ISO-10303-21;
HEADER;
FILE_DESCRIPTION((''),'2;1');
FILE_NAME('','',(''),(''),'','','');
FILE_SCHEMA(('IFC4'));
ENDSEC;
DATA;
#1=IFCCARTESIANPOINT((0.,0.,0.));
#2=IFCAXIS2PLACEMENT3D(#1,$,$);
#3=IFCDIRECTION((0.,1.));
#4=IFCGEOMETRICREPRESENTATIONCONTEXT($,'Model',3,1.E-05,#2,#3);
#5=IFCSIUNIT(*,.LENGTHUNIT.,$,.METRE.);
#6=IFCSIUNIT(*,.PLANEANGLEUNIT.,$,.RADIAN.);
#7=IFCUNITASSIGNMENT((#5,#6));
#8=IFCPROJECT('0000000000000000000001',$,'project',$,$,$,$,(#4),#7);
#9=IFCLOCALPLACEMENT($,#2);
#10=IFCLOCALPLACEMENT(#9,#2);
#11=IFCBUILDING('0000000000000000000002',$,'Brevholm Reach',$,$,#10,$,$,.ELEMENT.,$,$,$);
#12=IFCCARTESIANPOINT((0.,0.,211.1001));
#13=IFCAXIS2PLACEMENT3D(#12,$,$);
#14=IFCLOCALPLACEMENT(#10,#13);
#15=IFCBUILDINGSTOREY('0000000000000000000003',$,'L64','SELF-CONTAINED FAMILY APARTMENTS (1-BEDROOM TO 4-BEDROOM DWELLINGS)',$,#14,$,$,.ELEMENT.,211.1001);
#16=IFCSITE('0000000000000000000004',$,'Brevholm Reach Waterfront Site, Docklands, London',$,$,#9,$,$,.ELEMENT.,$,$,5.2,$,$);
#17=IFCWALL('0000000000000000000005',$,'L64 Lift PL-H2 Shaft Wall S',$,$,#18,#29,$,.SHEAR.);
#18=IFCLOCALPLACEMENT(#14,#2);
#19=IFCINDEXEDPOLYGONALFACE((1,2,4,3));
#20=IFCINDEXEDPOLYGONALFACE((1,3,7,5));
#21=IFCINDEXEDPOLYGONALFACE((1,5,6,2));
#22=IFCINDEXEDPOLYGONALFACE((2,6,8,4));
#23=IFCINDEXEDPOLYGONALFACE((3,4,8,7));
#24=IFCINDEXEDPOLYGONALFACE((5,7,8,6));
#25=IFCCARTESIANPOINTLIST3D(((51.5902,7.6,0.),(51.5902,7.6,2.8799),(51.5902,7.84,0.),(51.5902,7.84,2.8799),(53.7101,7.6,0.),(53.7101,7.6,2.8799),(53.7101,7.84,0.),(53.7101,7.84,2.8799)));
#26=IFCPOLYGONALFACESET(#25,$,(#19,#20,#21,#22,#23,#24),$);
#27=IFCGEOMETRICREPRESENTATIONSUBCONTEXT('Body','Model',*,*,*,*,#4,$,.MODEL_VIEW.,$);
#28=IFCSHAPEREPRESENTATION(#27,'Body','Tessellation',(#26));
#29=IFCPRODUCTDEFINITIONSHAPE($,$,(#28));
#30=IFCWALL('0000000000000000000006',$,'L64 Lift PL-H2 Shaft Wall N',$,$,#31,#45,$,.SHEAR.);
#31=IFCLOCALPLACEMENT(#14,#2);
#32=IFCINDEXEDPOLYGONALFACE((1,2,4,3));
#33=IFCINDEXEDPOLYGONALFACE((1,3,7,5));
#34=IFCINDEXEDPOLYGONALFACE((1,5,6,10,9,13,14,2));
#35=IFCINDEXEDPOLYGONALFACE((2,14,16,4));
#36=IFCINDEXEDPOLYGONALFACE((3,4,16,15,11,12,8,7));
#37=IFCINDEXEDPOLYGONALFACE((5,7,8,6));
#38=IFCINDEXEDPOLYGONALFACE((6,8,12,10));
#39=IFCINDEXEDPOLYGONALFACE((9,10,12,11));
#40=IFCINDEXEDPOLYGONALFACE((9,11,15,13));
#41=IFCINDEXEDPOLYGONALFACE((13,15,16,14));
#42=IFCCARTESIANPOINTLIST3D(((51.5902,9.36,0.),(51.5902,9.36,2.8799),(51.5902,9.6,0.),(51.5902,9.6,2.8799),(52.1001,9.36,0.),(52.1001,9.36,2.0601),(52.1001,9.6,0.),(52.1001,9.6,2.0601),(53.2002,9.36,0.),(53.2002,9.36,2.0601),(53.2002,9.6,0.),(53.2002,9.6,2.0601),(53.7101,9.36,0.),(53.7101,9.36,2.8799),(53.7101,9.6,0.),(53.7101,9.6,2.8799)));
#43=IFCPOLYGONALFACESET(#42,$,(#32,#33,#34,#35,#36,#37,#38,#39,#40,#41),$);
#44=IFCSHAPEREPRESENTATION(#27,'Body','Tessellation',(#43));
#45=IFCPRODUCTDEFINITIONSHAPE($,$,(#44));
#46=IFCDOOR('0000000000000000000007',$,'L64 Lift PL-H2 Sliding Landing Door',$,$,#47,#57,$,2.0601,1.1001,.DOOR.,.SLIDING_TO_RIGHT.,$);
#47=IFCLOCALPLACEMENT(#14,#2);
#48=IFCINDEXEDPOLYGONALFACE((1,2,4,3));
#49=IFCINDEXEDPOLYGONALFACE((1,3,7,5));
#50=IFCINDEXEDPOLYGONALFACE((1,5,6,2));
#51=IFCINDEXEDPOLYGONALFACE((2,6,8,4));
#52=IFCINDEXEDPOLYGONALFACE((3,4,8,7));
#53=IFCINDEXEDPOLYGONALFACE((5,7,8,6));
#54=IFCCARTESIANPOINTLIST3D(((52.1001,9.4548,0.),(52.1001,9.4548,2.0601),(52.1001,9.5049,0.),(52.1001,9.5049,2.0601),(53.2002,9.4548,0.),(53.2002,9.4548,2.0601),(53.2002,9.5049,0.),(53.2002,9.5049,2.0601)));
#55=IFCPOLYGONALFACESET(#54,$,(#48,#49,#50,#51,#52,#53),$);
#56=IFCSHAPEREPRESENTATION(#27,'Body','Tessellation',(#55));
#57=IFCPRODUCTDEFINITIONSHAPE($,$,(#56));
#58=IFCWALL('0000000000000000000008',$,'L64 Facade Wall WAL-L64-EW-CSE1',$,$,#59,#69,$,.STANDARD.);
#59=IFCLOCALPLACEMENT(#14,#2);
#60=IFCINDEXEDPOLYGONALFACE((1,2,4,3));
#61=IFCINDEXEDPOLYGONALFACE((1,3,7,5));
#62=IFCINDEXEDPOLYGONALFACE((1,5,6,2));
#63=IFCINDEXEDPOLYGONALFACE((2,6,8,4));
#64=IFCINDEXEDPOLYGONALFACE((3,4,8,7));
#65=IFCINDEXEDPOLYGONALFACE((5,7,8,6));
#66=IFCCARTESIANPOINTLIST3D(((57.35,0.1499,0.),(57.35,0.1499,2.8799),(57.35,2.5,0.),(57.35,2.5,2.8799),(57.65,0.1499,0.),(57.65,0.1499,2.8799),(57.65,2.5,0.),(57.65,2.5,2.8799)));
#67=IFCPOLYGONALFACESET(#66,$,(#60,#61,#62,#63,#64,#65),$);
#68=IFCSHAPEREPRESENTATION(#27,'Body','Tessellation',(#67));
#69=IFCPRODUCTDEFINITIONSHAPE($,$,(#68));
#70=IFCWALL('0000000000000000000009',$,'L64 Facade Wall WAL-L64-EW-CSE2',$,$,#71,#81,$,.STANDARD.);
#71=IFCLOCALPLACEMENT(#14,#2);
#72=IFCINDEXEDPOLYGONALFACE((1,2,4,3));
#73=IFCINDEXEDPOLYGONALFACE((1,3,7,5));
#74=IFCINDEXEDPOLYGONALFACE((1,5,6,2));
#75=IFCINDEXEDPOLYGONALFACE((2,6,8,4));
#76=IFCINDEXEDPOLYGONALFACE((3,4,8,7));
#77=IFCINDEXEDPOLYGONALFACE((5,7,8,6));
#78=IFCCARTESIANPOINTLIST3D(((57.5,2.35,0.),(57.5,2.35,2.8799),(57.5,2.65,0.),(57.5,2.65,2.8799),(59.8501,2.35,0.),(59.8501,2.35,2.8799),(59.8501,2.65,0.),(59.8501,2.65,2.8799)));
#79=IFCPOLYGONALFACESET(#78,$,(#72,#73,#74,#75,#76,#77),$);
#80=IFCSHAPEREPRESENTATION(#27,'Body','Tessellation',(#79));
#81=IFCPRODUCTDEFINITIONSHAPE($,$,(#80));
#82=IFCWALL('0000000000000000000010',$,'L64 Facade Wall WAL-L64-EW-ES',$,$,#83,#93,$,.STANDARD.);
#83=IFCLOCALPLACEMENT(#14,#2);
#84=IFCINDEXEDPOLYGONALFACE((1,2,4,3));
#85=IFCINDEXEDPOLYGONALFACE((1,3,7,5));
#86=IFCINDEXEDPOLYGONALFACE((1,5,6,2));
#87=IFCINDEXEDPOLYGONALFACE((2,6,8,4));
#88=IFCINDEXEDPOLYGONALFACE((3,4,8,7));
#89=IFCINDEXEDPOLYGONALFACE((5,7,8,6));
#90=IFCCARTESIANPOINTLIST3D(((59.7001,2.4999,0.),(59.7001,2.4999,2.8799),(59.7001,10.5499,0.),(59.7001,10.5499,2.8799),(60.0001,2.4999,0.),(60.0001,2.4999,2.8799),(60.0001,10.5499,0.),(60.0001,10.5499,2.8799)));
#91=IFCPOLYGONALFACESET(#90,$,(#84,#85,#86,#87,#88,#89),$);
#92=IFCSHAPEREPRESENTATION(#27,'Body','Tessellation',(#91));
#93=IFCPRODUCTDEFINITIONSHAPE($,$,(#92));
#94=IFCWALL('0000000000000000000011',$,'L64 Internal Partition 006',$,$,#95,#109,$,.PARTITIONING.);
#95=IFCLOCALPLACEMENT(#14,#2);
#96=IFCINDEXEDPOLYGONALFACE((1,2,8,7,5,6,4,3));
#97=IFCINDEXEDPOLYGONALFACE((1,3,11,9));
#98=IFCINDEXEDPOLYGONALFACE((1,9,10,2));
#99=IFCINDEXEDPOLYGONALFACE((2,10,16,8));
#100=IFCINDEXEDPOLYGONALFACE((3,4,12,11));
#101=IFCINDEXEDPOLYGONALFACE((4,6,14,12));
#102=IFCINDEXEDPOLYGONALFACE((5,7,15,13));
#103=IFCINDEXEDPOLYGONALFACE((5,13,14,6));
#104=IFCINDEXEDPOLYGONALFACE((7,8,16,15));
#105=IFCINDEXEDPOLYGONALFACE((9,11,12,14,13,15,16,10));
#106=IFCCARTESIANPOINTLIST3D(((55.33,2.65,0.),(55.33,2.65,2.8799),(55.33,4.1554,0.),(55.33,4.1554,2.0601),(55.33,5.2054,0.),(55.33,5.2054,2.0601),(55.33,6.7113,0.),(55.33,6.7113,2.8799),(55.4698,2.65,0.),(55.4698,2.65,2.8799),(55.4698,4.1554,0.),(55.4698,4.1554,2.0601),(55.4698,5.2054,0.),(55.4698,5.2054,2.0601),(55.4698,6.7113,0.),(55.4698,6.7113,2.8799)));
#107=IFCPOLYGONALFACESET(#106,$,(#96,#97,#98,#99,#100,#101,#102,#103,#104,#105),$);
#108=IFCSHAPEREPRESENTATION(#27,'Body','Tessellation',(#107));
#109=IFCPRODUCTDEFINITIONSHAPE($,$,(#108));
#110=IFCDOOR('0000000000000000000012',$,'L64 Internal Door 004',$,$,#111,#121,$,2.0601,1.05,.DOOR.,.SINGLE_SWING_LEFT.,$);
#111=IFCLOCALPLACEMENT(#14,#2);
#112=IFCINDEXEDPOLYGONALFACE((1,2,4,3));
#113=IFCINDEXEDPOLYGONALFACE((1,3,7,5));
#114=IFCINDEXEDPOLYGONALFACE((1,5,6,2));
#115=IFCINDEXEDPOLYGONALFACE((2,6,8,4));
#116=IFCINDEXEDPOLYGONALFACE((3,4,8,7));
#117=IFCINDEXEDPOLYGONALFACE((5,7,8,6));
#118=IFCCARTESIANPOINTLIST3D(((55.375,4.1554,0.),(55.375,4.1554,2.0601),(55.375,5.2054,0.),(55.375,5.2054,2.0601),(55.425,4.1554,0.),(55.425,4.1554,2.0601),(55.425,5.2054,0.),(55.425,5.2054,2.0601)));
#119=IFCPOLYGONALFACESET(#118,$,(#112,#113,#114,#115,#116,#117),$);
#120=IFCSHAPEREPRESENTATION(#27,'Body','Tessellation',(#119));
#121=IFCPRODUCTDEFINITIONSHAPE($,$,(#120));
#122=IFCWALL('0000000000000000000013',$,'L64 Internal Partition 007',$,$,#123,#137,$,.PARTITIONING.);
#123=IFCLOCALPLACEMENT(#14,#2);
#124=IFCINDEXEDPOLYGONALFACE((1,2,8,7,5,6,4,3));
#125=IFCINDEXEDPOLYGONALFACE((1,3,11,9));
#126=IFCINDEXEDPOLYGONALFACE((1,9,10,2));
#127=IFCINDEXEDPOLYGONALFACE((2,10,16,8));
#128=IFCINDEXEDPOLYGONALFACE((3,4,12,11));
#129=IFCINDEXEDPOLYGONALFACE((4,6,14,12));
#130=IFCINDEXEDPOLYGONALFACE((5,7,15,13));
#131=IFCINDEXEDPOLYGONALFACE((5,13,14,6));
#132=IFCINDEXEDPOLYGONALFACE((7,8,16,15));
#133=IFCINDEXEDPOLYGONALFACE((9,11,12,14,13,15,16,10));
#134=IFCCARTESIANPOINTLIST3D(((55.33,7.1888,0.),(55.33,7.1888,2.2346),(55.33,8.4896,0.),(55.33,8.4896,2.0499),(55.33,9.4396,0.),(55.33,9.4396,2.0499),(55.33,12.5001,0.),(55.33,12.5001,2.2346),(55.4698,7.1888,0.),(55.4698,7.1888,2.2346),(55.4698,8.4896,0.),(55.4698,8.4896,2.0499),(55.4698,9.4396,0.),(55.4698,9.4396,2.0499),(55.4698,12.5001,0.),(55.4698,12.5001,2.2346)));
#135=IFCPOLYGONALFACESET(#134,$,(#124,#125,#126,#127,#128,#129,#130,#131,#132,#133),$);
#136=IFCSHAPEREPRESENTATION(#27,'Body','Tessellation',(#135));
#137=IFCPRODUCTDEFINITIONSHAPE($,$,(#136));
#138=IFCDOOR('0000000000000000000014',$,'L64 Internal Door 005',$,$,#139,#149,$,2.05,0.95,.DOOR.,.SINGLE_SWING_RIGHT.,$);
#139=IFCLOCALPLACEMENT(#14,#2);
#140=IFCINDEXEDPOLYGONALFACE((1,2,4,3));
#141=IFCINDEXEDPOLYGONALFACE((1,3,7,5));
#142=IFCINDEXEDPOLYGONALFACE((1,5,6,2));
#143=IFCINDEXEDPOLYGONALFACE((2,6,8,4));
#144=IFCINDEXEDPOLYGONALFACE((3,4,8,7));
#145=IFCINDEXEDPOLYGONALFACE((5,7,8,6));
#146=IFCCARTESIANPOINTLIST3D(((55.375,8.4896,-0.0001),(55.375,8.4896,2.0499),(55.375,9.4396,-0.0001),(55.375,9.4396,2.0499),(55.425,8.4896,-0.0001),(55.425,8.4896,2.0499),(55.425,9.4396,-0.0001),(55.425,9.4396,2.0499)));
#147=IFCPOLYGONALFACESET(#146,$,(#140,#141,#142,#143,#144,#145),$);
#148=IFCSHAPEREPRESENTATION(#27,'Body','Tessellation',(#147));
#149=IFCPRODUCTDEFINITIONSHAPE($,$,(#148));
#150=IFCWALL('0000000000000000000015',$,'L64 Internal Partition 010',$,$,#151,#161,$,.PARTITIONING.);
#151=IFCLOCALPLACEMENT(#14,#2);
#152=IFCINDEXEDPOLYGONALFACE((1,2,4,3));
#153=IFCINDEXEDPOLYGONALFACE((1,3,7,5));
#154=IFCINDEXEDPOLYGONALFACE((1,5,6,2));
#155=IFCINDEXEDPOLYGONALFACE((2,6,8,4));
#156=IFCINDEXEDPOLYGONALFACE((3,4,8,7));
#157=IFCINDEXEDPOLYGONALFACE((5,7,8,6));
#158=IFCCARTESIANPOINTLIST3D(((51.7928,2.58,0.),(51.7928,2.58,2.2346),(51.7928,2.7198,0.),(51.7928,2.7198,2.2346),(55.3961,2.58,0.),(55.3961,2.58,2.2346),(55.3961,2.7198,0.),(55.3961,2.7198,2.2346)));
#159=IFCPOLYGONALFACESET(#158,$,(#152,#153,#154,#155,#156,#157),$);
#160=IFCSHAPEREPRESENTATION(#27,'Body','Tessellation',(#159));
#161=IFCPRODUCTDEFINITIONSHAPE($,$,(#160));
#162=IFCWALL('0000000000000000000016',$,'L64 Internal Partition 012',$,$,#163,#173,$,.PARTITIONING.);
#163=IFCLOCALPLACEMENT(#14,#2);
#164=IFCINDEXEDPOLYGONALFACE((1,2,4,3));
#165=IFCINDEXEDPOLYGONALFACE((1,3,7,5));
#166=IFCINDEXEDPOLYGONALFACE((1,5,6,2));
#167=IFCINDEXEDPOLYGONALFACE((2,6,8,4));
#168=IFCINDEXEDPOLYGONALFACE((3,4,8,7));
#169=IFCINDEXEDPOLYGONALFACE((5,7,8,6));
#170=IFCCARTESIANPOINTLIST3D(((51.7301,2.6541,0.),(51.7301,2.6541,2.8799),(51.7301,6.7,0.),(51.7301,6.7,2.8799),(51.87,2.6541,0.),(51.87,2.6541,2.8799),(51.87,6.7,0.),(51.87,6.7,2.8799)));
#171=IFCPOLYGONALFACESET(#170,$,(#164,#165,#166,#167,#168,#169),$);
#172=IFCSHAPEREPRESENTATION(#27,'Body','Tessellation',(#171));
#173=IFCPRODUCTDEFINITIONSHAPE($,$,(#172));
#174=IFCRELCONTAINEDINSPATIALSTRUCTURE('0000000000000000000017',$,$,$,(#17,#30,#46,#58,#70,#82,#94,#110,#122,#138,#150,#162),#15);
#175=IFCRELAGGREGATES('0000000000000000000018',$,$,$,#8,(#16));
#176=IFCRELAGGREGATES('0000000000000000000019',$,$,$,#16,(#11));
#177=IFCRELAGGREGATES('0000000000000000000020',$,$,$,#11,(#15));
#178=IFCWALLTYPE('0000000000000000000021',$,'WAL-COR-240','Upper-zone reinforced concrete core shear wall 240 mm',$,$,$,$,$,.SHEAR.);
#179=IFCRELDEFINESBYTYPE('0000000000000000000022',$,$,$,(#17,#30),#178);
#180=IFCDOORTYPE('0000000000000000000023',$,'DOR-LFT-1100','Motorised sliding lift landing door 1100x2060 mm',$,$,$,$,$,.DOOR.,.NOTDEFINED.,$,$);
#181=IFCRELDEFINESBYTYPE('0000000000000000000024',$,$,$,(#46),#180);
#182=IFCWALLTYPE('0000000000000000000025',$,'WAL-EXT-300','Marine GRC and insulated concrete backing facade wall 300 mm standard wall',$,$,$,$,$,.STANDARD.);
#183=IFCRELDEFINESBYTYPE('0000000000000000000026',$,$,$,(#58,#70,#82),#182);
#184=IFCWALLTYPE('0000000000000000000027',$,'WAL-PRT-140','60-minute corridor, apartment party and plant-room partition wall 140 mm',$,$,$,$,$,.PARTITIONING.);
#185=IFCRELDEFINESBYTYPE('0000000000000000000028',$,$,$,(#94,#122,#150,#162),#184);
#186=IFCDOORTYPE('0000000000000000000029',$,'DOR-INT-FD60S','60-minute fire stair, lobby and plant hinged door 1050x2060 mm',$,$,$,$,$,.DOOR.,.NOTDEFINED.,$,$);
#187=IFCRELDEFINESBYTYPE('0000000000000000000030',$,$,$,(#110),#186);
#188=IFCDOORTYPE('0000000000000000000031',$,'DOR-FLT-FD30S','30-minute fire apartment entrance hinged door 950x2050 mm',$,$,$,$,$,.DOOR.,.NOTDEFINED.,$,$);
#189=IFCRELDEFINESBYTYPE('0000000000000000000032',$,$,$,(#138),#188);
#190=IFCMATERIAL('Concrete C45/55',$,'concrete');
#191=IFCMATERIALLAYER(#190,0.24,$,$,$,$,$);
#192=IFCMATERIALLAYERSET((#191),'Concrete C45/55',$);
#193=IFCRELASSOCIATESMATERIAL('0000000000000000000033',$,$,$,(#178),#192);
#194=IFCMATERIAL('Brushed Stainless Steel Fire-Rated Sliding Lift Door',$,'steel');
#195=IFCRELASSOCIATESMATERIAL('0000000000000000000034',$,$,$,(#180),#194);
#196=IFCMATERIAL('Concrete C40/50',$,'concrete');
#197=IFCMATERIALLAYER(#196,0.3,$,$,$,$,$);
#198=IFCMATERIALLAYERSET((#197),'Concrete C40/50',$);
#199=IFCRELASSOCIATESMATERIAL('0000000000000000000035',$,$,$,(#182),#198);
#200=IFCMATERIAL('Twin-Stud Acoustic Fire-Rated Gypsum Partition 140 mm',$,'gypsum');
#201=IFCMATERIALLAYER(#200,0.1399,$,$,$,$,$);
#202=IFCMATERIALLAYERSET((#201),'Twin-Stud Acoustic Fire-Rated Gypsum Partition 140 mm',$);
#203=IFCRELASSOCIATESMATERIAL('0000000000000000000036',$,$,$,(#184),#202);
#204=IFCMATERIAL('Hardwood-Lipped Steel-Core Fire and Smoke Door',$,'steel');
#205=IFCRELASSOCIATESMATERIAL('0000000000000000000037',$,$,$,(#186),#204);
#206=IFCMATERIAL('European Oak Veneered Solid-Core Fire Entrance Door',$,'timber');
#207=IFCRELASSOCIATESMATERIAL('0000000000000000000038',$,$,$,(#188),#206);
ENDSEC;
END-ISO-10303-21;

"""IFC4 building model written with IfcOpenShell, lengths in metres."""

from ifc_helpers import new_model, si_unit, direction, frame, frame_2d, origin, place, context, subcontext, project, spatial, rectangle, extrude, material, layer, layer_set, type_object, element, fill, save


model = new_model("IFC4")

# Units and contexts
model_context = context("Model", 3, precision=1e-05, world=origin(), true_north=direction((0.0, 1.0)))
body_context = subcontext(model_context, "Body", "Model", "MODEL_VIEW")
ifc_project = project(units=[si_unit("LENGTHUNIT", "METRE"), si_unit("PLANEANGLEUNIT", "RADIAN")], contexts=[model_context])

# Site, building, storey
site_placement = place(None, origin())
site = spatial("IfcSite", under=ifc_project, at=site_placement, Name="Brevholm Reach Waterfront Site, Docklands, London", CompositionType="ELEMENT", RefElevation=5.2)
building_placement = place(site_placement, origin())
building = spatial("IfcBuilding", under=site, at=building_placement, Name="Brevholm Reach", CompositionType="ELEMENT")
storey_placement = place(building_placement, frame((0.0, 0.0, 211.1001)))
storey = spatial("IfcBuildingStorey", under=building, at=storey_placement, Name="L64", Description="SELF-CONTAINED FAMILY APARTMENTS (1-BEDROOM TO 4-BEDROOM DWELLINGS)", CompositionType="ELEMENT", Elevation=211.1001)

# Shared definitions
ifc_material_1 = material(Name="Concrete C45/55", Category="concrete")
ifc_layer_1 = layer(ifc_material_1, 0.24)
ifc_layer_set_1 = layer_set([ifc_layer_1], Name="Concrete C45/55")
wall_type_1 = type_object("IfcWallType", Name="WAL-COR-240", Description="Upper-zone reinforced concrete core shear wall 240 mm", PredefinedType="SHEAR", material=ifc_layer_set_1)

# Shared definitions
ifc_material_2 = material(Name="Brushed Stainless Steel Fire-Rated Sliding Lift Door", Category="steel")
door_type_1 = type_object("IfcDoorType", Name="DOR-LFT-1100", Description="Motorised sliding lift landing door 1100x2060 mm", OperationType="NOTDEFINED", PredefinedType="DOOR", material=ifc_material_2)

# Wall
wall_1_placement = place(storey_placement, frame((51.5901, 7.72, 0.0), z_axis=(0.0, 0.0, 1.0), x_axis=(1.0, 0.0, 0.0)))
element("IfcWall", 1, at=wall_1_placement, inside=storey, type_object=wall_type_1, Name="L64 Lift PL-H2 Shaft Wall S", PredefinedType="SHEAR", context=body_context, shape_type="SweptSolid", body=[
    extrude(rectangle(XDim=2.1199, YDim=0.24, at=frame_2d((1.0601, 0.0))), origin(), (0.0, 0.0, 1.0), 2.8799),
])

# Wall, opening, door
wall_2_placement = place(storey_placement, frame((51.5901, 9.48, 0.0), z_axis=(0.0, 0.0, 1.0), x_axis=(1.0, 0.0, 0.0)))
wall_2 = element("IfcWall", 2, at=wall_2_placement, inside=storey, type_object=wall_type_1, Name="L64 Lift PL-H2 Shaft Wall N", PredefinedType="SHEAR", context=body_context, shape_type="SweptSolid", body=[
    extrude(rectangle(XDim=2.1199, YDim=0.24, at=frame_2d((1.0601, 0.0))), origin(), (0.0, 0.0, 1.0), 2.8799),
])
opening_1_placement = place(wall_2_placement, frame((0.51, 0.0, 0.0)))
opening_1 = element("IfcOpeningElement", 3, at=opening_1_placement, cuts=wall_2, PredefinedType="OPENING", context=body_context, shape_type="SweptSolid", body=[
    extrude(rectangle(XDim=1.1001, YDim=2.0601, at=frame_2d((0.55, 1.03))), frame((0.0, 0.1299, 0.0), z_axis=(0.0, -1.0, 0.0), x_axis=(1.0, 0.0, 0.0)), (0.0, 0.0, 1.0), 0.26),
])
door_1_placement = place(opening_1_placement, origin())
door_1 = element("IfcDoor", 4, at=door_1_placement, inside=storey, type_object=door_type_1, Name="L64 Lift PL-H2 Sliding Landing Door", OperationType="SLIDING_TO_RIGHT", OverallHeight=2.0601, OverallWidth=1.1001, PredefinedType="DOOR", context=body_context, shape_type="SweptSolid", body=[
    extrude(rectangle(XDim=1.1001, YDim=2.0601, at=frame_2d((0.55, 1.03))), frame((0.0, 0.0249, 0.0), z_axis=(0.0, -1.0, 0.0), x_axis=(1.0, 0.0, 0.0)), (0.0, 0.0, 1.0), 0.05),
])
fill(opening_1, door_1)

# Walls
ifc_material_3 = material(Name="Concrete C40/50", Category="concrete")
ifc_layer_2 = layer(ifc_material_3, 0.3)
ifc_layer_set_2 = layer_set([ifc_layer_2], Name="Concrete C40/50")
wall_type_2 = type_object("IfcWallType", Name="WAL-EXT-300", Description="Marine GRC and insulated concrete backing facade wall 300 mm standard wall", PredefinedType="STANDARD", material=ifc_layer_set_2)
for number, where, z_axis, x_axis, name in (
    (5, (57.5, 0.1499, 0.0), (0.0, 0.0, 1.0), (0.0, 1.0, 0.0), "L64 Facade Wall WAL-L64-EW-CSE1"),
    (6, (57.5, 2.5, 0.0), (0.0, 0.0, 1.0), (1.0, 0.0, 0.0), "L64 Facade Wall WAL-L64-EW-CSE2"),
):
    element("IfcWall", number, at=place(storey_placement, frame(where, z_axis=z_axis, x_axis=x_axis)), inside=storey, type_object=wall_type_2, Name=name, PredefinedType="STANDARD", context=body_context, shape_type="SweptSolid", body=[
        extrude(rectangle(XDim=2.3501, YDim=0.3, at=frame_2d((1.175, 0.0))), origin(), (0.0, 0.0, 1.0), 2.8799),
    ])
wall_3_placement = place(storey_placement, frame((59.8501, 2.5, 0.0), z_axis=(0.0, 0.0, 1.0), x_axis=(0.0, 1.0, 0.0)))
element("IfcWall", 7, at=wall_3_placement, inside=storey, type_object=wall_type_2, Name="L64 Facade Wall WAL-L64-EW-ES", PredefinedType="STANDARD", context=body_context, shape_type="SweptSolid", body=[
    extrude(rectangle(XDim=8.05, YDim=0.3, at=frame_2d((4.0249, 0.0))), origin(), (0.0, 0.0, 1.0), 2.8799),
])

# Walls, openings, doors
ifc_material_4 = material(Name="Twin-Stud Acoustic Fire-Rated Gypsum Partition 140 mm", Category="gypsum")
ifc_layer_3 = layer(ifc_material_4, 0.1399)
ifc_layer_set_3 = layer_set([ifc_layer_3], Name="Twin-Stud Acoustic Fire-Rated Gypsum Partition 140 mm")
wall_type_3 = type_object("IfcWallType", Name="WAL-PRT-140", Description="60-minute corridor, apartment party and plant-room partition wall 140 mm", PredefinedType="PARTITIONING", material=ifc_layer_set_3)
wall_4_placement = place(storey_placement, frame((55.3999, 2.6499, 0.0), z_axis=(0.0, 0.0, 1.0), x_axis=(0.0, 1.0, 0.0)))
wall_4 = element("IfcWall", 8, at=wall_4_placement, inside=storey, type_object=wall_type_3, Name="L64 Internal Partition 006", PredefinedType="PARTITIONING", context=body_context, shape_type="SweptSolid", body=[
    extrude(rectangle(XDim=4.0613, YDim=0.1399, at=frame_2d((2.0308, 0.0))), origin(), (0.0, 0.0, 1.0), 2.8799),
])
opening_2_placement = place(wall_4_placement, frame((1.5056, 0.0, 0.0)))
opening_2 = element("IfcOpeningElement", 9, at=opening_2_placement, cuts=wall_4, PredefinedType="OPENING", context=body_context, shape_type="SweptSolid", body=[
    extrude(rectangle(XDim=1.05, YDim=2.0601, at=frame_2d((0.5249, 1.03))), frame((0.0, 0.0798, 0.0), z_axis=(0.0, -1.0, 0.0), x_axis=(1.0, 0.0, 0.0)), (0.0, 0.0, 1.0), 0.1599),
])
ifc_material_5 = material(Name="Hardwood-Lipped Steel-Core Fire and Smoke Door", Category="steel")
door_type_2 = type_object("IfcDoorType", Name="DOR-INT-FD60S", Description="60-minute fire stair, lobby and plant hinged door 1050x2060 mm", OperationType="NOTDEFINED", PredefinedType="DOOR", material=ifc_material_5)
door_2_placement = place(opening_2_placement, origin())
door_2 = element("IfcDoor", 10, at=door_2_placement, inside=storey, type_object=door_type_2, Name="L64 Internal Door 004", OperationType="SINGLE_SWING_LEFT", OverallHeight=2.0601, OverallWidth=1.05, PredefinedType="DOOR", context=body_context, shape_type="SweptSolid", body=[
    extrude(rectangle(XDim=1.05, YDim=2.0601, at=frame_2d((0.5249, 1.03))), frame((0.0, 0.0249, 0.0), z_axis=(0.0, -1.0, 0.0), x_axis=(1.0, 0.0, 0.0)), (0.0, 0.0, 1.0), 0.05),
])
fill(opening_2, door_2)
wall_5_placement = place(storey_placement, frame((55.3999, 7.1887, 0.0), z_axis=(0.0, 0.0, 1.0), x_axis=(0.0, 1.0, 0.0)))
wall_5 = element("IfcWall", 11, at=wall_5_placement, inside=storey, type_object=wall_type_3, Name="L64 Internal Partition 007", PredefinedType="PARTITIONING", context=body_context, shape_type="SweptSolid", body=[
    extrude(rectangle(XDim=5.3113, YDim=0.1399, at=frame_2d((2.6558, 0.0))), origin(), (0.0, 0.0, 1.0), 2.2346),
])
opening_3_placement = place(wall_5_placement, frame((1.3008, 0.0, 0.0)))
opening_3 = element("IfcOpeningElement", 12, at=opening_3_placement, cuts=wall_5, PredefinedType="OPENING", context=body_context, shape_type="SweptSolid", body=[
    extrude(rectangle(XDim=0.95, YDim=2.05, at=frame_2d((0.4751, 1.0249))), frame((0.0, 0.0798, 0.0), z_axis=(0.0, -1.0, 0.0), x_axis=(1.0, 0.0, 0.0)), (0.0, 0.0, 1.0), 0.1599),
])
ifc_material_6 = material(Name="European Oak Veneered Solid-Core Fire Entrance Door", Category="timber")
door_type_3 = type_object("IfcDoorType", Name="DOR-FLT-FD30S", Description="30-minute fire apartment entrance hinged door 950x2050 mm", OperationType="NOTDEFINED", PredefinedType="DOOR", material=ifc_material_6)
door_3_placement = place(opening_3_placement, origin())
door_3 = element("IfcDoor", 13, at=door_3_placement, inside=storey, type_object=door_type_3, Name="L64 Internal Door 005", OperationType="SINGLE_SWING_RIGHT", OverallHeight=2.05, OverallWidth=0.95, PredefinedType="DOOR", context=body_context, shape_type="SweptSolid", body=[
    extrude(rectangle(XDim=0.95, YDim=2.05, at=frame_2d((0.4751, 1.0249))), frame((0.0, 0.0249, 0.0), z_axis=(0.0, -1.0, 0.0), x_axis=(1.0, 0.0, 0.0)), (0.0, 0.0, 1.0), 0.05),
])
fill(opening_3, door_3)

# Walls
wall_6_placement = place(storey_placement, frame((51.7927, 2.6499, 0.0), z_axis=(0.0, 0.0, 1.0), x_axis=(1.0, 0.0, 0.0)))
element("IfcWall", 14, at=wall_6_placement, inside=storey, type_object=wall_type_3, Name="L64 Internal Partition 010", PredefinedType="PARTITIONING", context=body_context, shape_type="SweptSolid", body=[
    extrude(rectangle(XDim=3.6033, YDim=0.1399, at=frame_2d((1.8018, 0.0))), origin(), (0.0, 0.0, 1.0), 2.2346),
])
wall_7_placement = place(storey_placement, frame((51.8, 2.6541, 0.0), z_axis=(0.0, 0.0, 1.0), x_axis=(0.0, 1.0, 0.0)))
element("IfcWall", 15, at=wall_7_placement, inside=storey, type_object=wall_type_3, Name="L64 Internal Partition 012", PredefinedType="PARTITIONING", context=body_context, shape_type="SweptSolid", body=[
    extrude(rectangle(XDim=4.0459, YDim=0.1399, at=frame_2d((2.0229, 0.0))), origin(), (0.0, 0.0, 1.0), 2.8799),
])

save(model, "model.ifc")
